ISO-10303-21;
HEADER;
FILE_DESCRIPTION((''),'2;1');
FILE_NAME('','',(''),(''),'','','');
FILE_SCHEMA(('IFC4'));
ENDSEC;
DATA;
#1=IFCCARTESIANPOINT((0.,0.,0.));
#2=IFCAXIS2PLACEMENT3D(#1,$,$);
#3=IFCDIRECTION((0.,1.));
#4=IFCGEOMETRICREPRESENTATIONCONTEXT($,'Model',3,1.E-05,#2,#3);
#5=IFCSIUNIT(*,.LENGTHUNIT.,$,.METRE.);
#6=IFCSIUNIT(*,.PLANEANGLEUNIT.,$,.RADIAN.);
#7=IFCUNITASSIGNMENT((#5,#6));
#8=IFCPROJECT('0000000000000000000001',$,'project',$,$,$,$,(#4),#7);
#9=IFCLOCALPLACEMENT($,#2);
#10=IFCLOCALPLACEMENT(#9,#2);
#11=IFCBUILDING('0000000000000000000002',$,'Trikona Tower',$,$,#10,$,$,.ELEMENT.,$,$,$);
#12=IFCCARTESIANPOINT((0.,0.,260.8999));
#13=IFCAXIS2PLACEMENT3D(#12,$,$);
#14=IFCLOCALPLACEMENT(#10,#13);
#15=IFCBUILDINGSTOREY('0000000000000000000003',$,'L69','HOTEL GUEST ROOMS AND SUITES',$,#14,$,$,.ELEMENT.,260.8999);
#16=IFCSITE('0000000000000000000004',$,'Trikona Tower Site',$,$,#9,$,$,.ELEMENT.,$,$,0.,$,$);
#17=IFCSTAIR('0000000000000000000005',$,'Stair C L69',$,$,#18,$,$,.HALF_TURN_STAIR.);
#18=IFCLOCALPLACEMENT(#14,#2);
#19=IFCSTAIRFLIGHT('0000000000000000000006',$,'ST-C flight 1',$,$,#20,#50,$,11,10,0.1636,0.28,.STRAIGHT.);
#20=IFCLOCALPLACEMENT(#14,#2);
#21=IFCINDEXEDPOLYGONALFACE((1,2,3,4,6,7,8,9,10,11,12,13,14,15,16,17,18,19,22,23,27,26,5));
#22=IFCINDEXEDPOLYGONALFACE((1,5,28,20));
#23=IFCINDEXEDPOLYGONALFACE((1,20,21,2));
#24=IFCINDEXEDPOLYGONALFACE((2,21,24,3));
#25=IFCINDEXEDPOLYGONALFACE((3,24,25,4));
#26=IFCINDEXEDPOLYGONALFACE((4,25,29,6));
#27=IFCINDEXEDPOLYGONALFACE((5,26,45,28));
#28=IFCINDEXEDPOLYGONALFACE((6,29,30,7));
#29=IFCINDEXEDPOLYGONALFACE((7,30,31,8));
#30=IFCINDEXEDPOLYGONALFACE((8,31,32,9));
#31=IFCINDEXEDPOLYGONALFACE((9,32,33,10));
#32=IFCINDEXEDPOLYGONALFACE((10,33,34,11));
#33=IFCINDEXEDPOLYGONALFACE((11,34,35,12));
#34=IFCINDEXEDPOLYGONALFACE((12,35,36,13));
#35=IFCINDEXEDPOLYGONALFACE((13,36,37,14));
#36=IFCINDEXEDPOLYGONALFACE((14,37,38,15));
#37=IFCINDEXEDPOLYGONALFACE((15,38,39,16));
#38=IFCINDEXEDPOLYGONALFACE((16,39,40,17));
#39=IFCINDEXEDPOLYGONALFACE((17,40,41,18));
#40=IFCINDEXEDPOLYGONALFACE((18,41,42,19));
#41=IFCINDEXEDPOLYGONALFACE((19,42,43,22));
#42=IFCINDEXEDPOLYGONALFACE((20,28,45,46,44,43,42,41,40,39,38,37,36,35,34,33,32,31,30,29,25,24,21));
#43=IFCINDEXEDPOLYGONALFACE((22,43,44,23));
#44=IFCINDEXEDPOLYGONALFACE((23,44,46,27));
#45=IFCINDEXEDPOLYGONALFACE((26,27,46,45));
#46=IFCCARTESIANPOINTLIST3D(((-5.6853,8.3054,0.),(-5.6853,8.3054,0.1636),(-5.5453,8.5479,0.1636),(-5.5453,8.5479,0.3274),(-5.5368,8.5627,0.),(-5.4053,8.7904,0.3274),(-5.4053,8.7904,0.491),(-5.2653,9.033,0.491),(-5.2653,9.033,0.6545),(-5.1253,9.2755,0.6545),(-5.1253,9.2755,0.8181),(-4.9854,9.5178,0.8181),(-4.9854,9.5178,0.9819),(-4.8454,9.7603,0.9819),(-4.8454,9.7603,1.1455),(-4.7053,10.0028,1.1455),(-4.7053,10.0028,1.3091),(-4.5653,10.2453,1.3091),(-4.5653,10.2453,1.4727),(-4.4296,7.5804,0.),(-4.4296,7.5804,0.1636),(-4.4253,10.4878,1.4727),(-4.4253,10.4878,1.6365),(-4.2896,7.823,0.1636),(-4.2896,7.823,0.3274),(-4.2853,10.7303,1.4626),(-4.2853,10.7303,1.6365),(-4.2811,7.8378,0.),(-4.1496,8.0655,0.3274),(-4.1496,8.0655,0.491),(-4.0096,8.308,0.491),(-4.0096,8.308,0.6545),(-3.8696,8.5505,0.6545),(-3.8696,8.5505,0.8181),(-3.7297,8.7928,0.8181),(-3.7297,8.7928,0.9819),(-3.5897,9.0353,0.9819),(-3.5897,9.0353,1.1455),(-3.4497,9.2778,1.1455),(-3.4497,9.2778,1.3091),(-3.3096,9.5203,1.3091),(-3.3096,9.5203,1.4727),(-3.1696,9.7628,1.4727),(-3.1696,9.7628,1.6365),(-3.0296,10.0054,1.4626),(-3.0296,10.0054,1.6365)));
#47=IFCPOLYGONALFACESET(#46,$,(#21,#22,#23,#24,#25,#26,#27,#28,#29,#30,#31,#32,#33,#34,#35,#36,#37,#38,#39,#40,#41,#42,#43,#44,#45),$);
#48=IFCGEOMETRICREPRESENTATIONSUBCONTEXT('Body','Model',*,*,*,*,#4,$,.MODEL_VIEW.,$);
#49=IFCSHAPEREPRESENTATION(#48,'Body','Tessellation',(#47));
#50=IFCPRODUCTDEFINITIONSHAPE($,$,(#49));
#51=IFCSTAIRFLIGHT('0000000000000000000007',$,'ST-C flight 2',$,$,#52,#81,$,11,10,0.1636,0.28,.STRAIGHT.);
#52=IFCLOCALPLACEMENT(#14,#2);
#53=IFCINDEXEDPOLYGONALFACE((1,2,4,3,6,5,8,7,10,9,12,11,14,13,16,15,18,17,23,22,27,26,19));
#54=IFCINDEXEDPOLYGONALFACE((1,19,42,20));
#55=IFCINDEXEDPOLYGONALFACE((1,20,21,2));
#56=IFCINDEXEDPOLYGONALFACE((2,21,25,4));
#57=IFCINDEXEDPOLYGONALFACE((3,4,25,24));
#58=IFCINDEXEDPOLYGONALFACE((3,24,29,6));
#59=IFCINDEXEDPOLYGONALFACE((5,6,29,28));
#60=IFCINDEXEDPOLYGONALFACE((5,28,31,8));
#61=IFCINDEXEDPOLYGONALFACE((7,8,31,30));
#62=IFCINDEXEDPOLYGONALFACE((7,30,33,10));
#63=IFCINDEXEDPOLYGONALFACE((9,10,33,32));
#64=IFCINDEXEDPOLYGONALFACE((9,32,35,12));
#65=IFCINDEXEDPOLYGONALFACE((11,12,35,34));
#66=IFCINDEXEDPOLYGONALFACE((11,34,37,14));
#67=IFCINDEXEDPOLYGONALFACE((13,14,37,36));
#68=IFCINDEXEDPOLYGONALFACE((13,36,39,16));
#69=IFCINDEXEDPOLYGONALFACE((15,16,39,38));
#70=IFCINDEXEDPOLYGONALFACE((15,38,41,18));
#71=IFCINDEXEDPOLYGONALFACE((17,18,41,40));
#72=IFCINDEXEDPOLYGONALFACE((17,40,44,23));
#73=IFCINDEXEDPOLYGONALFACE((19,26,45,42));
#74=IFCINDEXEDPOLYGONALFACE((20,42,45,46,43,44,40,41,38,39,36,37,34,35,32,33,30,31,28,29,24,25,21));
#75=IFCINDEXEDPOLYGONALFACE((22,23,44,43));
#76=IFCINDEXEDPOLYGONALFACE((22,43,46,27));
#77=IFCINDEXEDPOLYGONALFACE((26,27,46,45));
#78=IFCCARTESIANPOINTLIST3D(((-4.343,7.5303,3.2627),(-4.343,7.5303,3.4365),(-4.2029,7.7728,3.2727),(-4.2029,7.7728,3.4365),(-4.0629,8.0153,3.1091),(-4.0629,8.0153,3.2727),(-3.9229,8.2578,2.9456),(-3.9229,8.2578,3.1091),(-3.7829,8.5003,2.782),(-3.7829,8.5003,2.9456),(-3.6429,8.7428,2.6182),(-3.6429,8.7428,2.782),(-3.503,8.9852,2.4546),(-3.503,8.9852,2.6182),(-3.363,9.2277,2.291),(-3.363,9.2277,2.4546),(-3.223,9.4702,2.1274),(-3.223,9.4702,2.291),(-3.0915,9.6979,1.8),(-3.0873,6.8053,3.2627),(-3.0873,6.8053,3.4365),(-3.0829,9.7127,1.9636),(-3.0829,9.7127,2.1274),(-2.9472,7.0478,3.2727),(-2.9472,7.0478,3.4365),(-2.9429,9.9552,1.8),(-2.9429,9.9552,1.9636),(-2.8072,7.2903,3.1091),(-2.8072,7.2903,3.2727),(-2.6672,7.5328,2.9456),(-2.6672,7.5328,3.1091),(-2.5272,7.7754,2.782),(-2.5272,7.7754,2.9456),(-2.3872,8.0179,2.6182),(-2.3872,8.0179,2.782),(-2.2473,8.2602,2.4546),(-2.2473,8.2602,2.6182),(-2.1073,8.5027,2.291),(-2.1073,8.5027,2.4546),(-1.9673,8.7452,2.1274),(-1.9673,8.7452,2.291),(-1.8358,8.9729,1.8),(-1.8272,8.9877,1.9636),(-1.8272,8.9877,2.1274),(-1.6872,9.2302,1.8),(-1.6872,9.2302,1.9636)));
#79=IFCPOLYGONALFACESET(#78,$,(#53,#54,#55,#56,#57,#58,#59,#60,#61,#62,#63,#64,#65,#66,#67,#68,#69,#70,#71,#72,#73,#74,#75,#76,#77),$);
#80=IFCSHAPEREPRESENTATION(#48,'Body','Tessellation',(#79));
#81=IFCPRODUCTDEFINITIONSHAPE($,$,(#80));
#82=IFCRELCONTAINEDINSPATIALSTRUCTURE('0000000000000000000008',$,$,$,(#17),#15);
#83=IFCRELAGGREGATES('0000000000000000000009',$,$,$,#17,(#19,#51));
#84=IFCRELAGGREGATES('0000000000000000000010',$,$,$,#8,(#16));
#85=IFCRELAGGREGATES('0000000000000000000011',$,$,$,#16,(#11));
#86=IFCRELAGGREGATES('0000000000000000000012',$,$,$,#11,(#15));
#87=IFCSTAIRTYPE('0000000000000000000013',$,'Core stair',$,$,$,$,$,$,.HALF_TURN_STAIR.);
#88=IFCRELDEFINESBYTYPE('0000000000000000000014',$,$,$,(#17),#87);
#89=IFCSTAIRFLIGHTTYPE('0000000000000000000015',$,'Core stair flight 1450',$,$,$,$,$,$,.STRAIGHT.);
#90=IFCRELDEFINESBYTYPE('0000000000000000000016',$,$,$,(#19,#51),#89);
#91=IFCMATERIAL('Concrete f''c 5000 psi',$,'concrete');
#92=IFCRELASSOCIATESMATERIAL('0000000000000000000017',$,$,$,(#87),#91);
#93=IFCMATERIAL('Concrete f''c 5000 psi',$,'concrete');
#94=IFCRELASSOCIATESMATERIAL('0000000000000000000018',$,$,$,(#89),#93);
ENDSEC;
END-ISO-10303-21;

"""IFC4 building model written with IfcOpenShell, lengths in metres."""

from ifc_helpers import new_model, si_unit, direction, frame, origin, place, context, subcontext, project, spatial, polyline, outline, extrude, material, type_object, element, aggregate, save


model = new_model("IFC4")

# Units and contexts
model_context = context("Model", 3, precision=1e-05, world=origin(), true_north=direction((0.0, 1.0)))
body_context = subcontext(model_context, "Body", "Model", "MODEL_VIEW")
ifc_project = project(units=[si_unit("LENGTHUNIT", "METRE"), si_unit("PLANEANGLEUNIT", "RADIAN")], contexts=[model_context])

# Site, building, storey
site_placement = place(None, origin())
site = spatial("IfcSite", under=ifc_project, at=site_placement, Name="Trikona Tower Site", CompositionType="ELEMENT", RefElevation=0.0)
building_placement = place(site_placement, origin())
building = spatial("IfcBuilding", under=site, at=building_placement, Name="Trikona Tower", CompositionType="ELEMENT")
storey_placement = place(building_placement, frame((0.0, 0.0, 260.8999)))
storey = spatial("IfcBuildingStorey", under=building, at=storey_placement, Name="L69", Description="HOTEL GUEST ROOMS AND SUITES", CompositionType="ELEMENT", Elevation=260.8999)

# Stair, stair flights
ifc_material_1 = material(Name="Concrete f'c 5000 psi", Category="concrete")
stair_type = type_object("IfcStairType", Name="Core stair", PredefinedType="HALF_TURN_STAIR", material=ifc_material_1)
stair_placement = place(storey_placement, origin())
stair = element("IfcStair", 1, at=stair_placement, inside=storey, type_object=stair_type, Name="Stair C L69", PredefinedType="HALF_TURN_STAIR")
ifc_material_2 = material(Name="Concrete f'c 5000 psi", Category="concrete")
stair_flight_type = type_object("IfcStairFlightType", Name="Core stair flight 1450", PredefinedType="STRAIGHT", material=ifc_material_2)
stair_flight_1_placement = place(storey_placement, frame((-5.0574, 7.9429, 0.0), z_axis=(0.0, 0.0, 1.0), x_axis=(0.5, 0.866025, 0.0)))
stair_flight_1 = element("IfcStairFlight", 2, at=stair_flight_1_placement, type_object=stair_flight_type, Name="ST-C flight 1", NumberOfRisers=11, NumberOfTreads=10, PredefinedType="STRAIGHT", RiserHeight=0.1636, TreadLength=0.28, context=body_context, shape_type="SweptSolid", body=[
    extrude(outline(polyline([(0.0, 0.0), (0.0, 0.1636), (0.28, 0.1636), (0.28, 0.3274), (0.5601, 0.3274), (0.5601, 0.491), (0.8401, 0.491), (0.8401, 0.6545), (1.1201, 0.6545), (1.1201, 0.8181), (1.3999, 0.8181), (1.3999, 0.9819), (1.6799, 0.9819), (1.6799, 1.1455), (1.96, 1.1455), (1.96, 1.3091), (2.24, 1.3091), (2.24, 1.4727), (2.52, 1.4727), (2.52, 1.6365), (2.8, 1.6365), (2.8, 1.8), (2.8, 1.4626), (0.2971, 0.0), (0.0, 0.0)])), frame((0.0, 0.7251, 0.0), z_axis=(0.0, -1.0, 0.0), x_axis=(1.0, 0.0, 0.0)), (0.0, 0.0, 1.0), 1.45),
])
stair_flight_2_placement = place(storey_placement, frame((-2.3152, 9.5928, 1.8), z_axis=(0.0, 0.0, 1.0), x_axis=(-0.5, -0.866025, 0.0)))
stair_flight_2 = element("IfcStairFlight", 3, at=stair_flight_2_placement, type_object=stair_flight_type, Name="ST-C flight 2", NumberOfRisers=11, NumberOfTreads=10, PredefinedType="STRAIGHT", RiserHeight=0.1636, TreadLength=0.28, context=body_context, shape_type="SweptSolid", body=[
    extrude(outline(polyline([(0.0, 0.0), (0.0, 0.1636), (0.28, 0.1636), (0.28, 0.3274), (0.5601, 0.3274), (0.5601, 0.491), (0.8401, 0.491), (0.8401, 0.6545), (1.1201, 0.6545), (1.1201, 0.8181), (1.3999, 0.8181), (1.3999, 0.9819), (1.6799, 0.9819), (1.6799, 1.1455), (1.96, 1.1455), (1.96, 1.3091), (2.24, 1.3091), (2.24, 1.4727), (2.52, 1.4727), (2.52, 1.6365), (2.8, 1.6365), (2.8, 1.8), (2.8, 1.4626), (0.2971, 0.0), (0.0, 0.0)])), frame((0.0, 0.7251, 0.0), z_axis=(0.0, -1.0, 0.0), x_axis=(1.0, 0.0, 0.0)), (0.0, 0.0, 1.0), 1.45),
])
aggregate(stair, [stair_flight_1, stair_flight_2])

save(model, "model.ifc")
